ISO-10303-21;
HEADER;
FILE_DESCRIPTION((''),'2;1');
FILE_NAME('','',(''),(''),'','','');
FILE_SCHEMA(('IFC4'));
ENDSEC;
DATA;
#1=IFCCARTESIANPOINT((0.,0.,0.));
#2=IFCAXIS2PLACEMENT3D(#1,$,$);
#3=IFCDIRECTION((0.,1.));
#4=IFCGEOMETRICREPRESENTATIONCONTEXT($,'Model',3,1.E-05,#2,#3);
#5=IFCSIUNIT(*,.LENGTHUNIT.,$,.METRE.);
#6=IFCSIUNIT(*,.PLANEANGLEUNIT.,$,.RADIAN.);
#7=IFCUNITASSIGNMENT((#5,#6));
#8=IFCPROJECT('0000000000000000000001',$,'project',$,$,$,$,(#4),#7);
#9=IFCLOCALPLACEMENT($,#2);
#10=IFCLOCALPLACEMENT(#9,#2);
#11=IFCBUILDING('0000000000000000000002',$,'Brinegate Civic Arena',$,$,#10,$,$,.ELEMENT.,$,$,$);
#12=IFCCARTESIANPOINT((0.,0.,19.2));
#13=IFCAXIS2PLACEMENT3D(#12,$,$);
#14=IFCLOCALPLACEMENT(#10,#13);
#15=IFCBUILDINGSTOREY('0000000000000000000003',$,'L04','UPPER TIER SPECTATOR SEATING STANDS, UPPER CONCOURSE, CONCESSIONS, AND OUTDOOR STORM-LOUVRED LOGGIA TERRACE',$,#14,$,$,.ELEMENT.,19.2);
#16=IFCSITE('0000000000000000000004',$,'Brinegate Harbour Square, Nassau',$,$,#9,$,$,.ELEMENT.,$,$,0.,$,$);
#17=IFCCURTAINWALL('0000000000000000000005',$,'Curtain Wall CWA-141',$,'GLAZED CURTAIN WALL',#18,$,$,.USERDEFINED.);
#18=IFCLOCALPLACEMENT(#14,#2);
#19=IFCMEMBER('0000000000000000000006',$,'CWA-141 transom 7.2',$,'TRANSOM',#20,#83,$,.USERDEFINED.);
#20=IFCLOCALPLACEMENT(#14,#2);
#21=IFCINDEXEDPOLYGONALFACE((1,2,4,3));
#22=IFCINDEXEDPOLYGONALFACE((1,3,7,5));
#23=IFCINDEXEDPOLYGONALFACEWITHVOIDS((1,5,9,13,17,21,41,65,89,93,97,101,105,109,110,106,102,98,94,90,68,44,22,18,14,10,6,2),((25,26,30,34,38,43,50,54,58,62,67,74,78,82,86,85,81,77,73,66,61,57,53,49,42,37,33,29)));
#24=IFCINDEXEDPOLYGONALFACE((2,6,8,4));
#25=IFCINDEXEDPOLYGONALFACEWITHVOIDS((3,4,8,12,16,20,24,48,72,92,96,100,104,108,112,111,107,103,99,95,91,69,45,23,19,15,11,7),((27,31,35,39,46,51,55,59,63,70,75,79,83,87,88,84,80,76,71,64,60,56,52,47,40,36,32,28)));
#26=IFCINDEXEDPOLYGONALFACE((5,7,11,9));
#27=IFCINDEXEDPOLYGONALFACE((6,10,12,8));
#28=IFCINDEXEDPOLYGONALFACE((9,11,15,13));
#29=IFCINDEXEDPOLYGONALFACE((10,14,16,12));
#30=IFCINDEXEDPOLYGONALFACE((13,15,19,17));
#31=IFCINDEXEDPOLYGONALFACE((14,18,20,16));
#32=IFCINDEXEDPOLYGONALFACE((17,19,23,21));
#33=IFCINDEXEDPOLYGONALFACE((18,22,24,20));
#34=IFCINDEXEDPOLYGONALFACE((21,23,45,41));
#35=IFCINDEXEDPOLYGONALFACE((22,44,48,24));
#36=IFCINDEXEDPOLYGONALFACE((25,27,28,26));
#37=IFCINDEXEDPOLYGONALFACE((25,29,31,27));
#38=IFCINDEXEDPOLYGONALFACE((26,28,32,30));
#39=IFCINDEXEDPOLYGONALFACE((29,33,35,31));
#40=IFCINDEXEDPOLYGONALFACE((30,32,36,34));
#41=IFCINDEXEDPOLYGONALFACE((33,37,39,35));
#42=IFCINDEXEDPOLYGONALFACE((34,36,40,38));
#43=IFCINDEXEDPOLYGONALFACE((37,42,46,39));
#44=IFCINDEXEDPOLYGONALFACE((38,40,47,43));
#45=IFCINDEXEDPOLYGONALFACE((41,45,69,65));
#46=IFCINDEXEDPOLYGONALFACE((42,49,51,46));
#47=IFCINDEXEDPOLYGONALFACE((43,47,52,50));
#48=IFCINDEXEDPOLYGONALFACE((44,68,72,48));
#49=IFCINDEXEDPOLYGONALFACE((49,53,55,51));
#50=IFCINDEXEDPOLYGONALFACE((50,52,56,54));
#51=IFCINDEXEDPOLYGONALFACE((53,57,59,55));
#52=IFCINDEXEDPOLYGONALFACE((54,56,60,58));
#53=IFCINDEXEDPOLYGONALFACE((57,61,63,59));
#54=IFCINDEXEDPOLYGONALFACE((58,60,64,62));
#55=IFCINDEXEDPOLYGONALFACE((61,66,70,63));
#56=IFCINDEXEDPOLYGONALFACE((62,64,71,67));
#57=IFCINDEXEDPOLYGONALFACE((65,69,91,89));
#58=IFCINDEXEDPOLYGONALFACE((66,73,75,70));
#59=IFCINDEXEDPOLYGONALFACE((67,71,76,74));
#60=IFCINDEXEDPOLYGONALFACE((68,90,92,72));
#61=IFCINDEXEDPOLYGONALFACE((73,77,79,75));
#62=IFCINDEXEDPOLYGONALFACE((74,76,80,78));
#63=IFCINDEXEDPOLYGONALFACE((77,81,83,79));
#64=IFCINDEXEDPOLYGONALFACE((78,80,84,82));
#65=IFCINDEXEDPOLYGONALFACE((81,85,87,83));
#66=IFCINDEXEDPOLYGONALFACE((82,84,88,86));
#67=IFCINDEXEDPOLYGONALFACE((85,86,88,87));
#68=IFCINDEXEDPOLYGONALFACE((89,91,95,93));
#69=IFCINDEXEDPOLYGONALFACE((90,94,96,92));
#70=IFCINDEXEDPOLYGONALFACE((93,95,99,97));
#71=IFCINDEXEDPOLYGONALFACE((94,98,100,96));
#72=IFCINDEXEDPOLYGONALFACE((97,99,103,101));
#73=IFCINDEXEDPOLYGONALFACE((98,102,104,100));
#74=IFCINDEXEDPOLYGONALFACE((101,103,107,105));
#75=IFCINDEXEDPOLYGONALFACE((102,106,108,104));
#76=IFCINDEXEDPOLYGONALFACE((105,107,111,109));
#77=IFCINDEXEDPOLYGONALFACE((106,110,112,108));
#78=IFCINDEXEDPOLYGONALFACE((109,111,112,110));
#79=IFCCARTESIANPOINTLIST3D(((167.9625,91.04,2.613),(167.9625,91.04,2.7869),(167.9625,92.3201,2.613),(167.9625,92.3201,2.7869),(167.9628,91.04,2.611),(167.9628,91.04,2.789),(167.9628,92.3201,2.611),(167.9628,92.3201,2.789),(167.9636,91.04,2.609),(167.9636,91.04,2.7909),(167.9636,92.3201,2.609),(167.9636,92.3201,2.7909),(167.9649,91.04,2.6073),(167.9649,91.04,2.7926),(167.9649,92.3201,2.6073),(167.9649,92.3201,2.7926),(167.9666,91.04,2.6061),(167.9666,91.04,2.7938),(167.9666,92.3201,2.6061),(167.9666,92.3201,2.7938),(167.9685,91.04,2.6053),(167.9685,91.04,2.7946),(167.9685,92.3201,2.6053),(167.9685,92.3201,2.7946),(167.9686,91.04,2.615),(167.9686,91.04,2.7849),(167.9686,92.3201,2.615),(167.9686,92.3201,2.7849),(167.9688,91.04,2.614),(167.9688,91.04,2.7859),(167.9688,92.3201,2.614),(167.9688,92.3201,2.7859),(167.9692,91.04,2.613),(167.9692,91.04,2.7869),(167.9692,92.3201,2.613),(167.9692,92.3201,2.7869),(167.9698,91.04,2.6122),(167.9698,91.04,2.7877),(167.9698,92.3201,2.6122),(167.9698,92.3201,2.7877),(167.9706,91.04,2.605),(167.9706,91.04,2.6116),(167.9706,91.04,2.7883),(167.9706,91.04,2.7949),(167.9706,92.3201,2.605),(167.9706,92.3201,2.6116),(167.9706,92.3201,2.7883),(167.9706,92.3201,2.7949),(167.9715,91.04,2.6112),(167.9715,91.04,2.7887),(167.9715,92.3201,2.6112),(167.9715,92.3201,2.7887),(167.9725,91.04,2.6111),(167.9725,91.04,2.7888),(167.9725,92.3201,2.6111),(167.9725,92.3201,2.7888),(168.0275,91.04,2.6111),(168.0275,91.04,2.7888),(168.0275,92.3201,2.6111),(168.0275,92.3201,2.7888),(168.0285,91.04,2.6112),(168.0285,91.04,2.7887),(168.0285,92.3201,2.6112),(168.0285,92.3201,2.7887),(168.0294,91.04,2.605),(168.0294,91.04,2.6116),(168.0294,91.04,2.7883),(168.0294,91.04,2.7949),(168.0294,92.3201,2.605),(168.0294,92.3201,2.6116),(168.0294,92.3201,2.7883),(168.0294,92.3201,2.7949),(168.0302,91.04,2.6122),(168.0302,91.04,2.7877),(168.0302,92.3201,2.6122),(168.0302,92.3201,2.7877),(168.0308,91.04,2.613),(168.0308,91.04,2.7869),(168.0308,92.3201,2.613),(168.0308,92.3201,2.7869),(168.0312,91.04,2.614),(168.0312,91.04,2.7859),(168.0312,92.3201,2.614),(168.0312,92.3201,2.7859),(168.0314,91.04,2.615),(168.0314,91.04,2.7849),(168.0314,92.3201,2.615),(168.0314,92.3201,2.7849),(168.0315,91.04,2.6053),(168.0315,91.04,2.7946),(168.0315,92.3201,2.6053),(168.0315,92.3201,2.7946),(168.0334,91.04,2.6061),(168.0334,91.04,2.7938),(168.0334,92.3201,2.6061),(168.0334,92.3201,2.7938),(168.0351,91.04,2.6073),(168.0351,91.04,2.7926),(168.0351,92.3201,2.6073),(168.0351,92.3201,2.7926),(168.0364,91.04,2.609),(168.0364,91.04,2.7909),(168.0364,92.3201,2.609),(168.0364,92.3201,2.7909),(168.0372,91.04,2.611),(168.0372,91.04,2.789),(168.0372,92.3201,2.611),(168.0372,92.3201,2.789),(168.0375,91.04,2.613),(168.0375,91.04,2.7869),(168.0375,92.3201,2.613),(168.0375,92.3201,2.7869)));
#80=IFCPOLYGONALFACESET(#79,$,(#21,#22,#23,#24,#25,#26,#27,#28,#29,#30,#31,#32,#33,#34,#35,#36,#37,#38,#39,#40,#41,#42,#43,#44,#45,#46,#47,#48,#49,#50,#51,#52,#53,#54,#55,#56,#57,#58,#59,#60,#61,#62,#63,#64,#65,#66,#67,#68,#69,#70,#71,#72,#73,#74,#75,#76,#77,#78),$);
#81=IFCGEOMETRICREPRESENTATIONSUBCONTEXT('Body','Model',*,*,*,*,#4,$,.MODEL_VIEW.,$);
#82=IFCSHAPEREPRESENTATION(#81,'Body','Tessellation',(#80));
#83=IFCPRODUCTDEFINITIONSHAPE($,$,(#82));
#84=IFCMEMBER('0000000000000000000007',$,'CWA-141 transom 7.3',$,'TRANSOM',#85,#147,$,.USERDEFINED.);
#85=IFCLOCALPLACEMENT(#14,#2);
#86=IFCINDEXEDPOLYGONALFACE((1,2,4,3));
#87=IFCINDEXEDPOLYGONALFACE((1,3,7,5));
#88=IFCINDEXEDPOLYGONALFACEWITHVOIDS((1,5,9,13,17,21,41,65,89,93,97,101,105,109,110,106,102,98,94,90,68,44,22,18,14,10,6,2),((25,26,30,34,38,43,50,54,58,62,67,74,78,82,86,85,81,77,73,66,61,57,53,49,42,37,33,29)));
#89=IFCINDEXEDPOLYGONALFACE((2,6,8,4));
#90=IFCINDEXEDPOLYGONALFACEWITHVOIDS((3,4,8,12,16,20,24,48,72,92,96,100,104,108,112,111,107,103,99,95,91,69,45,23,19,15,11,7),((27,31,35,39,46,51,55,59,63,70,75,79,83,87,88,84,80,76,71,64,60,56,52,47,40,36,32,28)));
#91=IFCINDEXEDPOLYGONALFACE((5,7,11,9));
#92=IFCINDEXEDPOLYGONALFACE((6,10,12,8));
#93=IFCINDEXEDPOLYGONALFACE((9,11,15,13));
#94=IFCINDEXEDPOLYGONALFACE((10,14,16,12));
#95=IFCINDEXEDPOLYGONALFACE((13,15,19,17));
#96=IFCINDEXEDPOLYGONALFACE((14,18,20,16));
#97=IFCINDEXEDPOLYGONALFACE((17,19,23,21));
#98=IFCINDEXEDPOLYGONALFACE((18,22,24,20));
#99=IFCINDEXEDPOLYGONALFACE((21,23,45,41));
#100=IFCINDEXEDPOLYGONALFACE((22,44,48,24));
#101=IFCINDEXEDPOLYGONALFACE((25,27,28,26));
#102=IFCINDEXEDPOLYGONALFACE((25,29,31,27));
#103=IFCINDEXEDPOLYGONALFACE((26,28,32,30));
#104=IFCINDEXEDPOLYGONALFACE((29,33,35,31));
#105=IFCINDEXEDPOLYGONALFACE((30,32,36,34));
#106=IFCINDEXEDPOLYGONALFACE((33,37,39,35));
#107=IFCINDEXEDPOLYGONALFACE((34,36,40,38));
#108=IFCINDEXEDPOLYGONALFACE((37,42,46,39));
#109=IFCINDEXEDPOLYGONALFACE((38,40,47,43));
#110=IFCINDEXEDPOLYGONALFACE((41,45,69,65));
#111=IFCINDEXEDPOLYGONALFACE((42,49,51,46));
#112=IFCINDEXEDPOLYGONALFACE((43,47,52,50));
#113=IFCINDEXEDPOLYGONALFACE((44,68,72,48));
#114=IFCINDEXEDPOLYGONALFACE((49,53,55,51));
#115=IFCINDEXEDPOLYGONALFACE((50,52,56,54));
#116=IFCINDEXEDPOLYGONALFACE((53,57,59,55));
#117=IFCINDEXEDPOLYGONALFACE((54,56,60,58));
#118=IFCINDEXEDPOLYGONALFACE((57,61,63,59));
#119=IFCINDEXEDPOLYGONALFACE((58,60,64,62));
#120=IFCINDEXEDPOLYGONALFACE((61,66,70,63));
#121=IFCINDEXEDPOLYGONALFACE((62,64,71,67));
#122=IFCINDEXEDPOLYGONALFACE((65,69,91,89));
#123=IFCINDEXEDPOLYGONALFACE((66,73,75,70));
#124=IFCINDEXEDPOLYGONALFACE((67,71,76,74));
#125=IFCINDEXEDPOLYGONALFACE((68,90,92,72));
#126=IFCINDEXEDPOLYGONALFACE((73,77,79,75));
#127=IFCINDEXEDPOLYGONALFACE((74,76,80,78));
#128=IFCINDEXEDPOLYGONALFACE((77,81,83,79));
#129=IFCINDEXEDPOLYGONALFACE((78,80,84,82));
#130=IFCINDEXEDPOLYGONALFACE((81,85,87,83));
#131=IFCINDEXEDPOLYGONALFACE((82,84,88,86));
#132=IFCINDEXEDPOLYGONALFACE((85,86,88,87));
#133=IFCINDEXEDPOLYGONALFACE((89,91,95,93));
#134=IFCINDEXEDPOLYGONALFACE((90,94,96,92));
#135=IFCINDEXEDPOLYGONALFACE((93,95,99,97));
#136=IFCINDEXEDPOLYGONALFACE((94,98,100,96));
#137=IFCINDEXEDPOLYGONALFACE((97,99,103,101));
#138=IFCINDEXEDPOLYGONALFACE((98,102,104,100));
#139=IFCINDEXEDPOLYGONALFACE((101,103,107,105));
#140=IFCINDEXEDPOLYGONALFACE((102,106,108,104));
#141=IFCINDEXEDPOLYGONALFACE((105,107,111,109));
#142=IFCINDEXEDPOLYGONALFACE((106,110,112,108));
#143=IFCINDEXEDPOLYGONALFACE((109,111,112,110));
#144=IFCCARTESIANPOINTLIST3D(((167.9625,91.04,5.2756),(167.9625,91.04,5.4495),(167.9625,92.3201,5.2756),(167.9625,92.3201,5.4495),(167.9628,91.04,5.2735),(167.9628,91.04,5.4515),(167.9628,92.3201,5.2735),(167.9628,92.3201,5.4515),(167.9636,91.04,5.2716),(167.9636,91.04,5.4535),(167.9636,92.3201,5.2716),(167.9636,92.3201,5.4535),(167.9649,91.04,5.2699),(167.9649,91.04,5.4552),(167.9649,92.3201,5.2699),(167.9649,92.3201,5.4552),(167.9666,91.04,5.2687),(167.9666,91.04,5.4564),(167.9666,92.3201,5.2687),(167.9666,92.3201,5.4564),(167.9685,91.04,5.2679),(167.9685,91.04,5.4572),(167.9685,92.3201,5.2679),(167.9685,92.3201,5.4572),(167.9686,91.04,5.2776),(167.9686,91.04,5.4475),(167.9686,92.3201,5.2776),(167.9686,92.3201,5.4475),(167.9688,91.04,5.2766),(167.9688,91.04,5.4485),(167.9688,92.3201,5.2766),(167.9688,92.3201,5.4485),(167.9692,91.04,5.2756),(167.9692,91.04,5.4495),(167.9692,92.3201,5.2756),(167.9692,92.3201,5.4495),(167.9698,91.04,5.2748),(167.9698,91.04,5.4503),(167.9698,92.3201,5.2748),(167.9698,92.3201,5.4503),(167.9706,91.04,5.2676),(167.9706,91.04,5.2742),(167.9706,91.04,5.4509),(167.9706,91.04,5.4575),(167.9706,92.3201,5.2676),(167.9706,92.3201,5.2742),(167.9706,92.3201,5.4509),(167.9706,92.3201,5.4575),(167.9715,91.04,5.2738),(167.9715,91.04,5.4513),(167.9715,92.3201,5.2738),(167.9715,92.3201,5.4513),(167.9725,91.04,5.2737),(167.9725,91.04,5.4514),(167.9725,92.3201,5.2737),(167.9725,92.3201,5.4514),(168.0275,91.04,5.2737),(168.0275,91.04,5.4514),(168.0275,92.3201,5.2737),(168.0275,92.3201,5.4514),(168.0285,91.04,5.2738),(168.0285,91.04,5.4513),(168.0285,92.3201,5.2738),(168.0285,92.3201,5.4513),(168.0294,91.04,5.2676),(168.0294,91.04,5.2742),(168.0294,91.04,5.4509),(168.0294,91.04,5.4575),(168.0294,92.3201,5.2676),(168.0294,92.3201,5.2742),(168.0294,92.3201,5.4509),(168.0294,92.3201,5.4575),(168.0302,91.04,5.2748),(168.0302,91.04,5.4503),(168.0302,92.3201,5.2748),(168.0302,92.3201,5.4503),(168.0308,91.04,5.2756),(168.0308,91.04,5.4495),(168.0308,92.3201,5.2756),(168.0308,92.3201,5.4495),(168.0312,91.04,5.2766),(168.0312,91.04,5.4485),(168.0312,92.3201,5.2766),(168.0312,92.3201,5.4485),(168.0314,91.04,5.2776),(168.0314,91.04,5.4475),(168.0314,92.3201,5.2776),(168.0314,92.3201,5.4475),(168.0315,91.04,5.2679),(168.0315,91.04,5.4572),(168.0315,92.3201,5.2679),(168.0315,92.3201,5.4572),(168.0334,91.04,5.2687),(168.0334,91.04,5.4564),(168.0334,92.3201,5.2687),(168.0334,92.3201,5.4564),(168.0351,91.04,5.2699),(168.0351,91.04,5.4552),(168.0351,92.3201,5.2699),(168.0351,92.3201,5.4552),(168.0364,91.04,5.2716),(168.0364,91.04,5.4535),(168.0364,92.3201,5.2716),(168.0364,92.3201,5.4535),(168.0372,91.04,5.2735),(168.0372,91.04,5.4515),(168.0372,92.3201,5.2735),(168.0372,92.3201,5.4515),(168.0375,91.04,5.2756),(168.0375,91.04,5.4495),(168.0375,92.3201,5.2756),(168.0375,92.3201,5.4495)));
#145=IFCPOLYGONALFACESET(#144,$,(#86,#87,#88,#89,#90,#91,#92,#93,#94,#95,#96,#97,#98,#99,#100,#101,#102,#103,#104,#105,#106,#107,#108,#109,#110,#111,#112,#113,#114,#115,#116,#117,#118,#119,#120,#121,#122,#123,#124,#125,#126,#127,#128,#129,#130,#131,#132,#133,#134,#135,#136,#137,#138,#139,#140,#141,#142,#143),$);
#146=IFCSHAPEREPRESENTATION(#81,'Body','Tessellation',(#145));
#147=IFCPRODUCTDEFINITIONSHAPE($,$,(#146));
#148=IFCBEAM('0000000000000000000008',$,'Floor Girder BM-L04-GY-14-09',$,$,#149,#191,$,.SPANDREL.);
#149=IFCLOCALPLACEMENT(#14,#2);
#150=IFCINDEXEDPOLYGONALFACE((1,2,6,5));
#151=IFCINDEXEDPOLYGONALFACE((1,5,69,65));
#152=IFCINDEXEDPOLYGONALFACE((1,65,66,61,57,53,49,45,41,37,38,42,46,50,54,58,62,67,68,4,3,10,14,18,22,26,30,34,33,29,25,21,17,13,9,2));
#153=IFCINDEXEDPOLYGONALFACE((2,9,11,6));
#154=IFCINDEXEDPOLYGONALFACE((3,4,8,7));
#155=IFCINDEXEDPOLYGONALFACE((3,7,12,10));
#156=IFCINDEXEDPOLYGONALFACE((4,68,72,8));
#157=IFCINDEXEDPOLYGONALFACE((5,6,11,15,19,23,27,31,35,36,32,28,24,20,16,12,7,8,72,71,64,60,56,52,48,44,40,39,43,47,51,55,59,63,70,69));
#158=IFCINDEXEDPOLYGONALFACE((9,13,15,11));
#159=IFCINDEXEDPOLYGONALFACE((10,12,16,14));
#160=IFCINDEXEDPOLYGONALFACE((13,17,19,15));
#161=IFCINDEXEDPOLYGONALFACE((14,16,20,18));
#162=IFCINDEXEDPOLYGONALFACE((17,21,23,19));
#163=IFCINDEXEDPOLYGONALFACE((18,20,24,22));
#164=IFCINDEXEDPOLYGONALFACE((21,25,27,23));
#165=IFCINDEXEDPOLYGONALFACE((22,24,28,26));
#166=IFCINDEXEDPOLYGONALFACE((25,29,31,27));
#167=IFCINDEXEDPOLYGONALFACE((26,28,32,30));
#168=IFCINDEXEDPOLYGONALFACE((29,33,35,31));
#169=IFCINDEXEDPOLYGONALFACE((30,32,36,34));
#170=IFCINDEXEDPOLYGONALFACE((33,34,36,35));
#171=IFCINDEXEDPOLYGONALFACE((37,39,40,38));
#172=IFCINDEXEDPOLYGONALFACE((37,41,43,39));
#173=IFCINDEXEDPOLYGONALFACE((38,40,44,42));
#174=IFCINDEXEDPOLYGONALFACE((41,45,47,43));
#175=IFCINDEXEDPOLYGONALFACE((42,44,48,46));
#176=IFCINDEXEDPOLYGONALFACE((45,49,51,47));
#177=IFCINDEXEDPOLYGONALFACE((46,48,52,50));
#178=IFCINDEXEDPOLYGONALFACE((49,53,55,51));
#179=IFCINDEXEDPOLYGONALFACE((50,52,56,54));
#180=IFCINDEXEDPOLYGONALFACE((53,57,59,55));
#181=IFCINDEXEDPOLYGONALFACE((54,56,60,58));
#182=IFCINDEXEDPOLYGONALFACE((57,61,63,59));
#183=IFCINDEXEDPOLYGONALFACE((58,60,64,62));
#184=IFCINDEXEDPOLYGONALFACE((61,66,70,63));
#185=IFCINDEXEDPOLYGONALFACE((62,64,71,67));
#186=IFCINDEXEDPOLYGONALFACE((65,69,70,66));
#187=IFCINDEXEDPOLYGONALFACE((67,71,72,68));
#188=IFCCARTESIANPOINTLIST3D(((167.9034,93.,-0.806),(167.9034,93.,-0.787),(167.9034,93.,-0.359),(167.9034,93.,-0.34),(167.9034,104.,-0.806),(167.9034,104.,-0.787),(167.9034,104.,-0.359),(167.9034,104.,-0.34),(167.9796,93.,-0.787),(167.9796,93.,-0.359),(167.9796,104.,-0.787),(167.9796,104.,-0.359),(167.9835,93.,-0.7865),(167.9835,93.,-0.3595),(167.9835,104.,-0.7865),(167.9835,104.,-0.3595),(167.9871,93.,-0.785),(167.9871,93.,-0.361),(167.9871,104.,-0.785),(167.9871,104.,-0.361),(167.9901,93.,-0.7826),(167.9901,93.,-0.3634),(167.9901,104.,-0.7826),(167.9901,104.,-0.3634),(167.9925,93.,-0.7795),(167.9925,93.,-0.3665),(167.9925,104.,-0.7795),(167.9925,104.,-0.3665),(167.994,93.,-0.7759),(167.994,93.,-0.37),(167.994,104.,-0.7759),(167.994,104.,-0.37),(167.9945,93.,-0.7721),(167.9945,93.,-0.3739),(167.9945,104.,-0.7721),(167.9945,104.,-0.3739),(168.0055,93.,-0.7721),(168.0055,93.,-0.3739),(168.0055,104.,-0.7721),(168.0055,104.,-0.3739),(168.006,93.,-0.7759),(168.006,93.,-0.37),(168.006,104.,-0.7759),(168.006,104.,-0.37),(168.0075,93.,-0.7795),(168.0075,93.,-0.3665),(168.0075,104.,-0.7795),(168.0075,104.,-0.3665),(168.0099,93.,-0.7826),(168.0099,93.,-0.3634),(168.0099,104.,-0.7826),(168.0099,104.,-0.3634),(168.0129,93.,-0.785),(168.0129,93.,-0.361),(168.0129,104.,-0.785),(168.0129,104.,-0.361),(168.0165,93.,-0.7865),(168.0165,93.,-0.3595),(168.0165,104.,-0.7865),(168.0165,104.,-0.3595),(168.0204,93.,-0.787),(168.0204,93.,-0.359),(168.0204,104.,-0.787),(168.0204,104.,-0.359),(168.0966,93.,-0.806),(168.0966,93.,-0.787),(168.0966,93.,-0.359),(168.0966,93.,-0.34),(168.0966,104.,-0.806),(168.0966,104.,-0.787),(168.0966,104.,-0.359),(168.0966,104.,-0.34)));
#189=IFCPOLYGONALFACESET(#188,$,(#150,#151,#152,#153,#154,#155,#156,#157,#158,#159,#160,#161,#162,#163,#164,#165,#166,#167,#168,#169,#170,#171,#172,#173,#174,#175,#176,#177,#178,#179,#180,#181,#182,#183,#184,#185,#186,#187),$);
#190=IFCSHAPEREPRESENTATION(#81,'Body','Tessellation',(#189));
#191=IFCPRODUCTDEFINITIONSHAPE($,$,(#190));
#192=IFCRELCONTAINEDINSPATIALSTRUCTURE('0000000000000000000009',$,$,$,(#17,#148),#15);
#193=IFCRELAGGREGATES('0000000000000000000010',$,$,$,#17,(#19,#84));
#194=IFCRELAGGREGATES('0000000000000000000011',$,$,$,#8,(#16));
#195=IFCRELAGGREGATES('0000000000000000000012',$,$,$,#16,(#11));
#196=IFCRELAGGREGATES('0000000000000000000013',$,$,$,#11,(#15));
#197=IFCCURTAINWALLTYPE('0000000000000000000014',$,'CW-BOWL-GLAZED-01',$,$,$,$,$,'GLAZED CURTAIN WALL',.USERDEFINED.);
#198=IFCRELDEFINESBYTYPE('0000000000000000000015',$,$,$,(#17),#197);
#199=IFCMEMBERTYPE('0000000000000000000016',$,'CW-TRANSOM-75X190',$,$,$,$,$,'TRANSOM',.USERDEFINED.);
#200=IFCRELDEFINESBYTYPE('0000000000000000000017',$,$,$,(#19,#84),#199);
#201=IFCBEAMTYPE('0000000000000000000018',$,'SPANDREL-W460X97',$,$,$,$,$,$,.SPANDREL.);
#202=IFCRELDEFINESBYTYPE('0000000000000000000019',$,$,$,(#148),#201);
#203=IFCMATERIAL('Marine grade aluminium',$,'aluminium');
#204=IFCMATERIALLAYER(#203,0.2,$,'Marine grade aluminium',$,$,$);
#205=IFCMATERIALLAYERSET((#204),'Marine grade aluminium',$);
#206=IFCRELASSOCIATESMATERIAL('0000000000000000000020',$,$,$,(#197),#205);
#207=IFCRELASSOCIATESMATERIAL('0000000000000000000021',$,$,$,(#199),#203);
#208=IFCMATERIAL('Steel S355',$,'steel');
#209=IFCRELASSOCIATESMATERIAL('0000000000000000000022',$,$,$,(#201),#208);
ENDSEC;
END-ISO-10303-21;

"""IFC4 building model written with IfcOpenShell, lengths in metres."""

from ifc_helpers import new_model, si_unit, direction, frame, origin, origin_2d, place, context, subcontext, project, spatial, hollow_rectangle, i_section, extrude, material, layer, layer_set, material_profile, profile_set, type_object, element, aggregate, save


model = new_model("IFC4")

# Units and contexts
model_context = context("Model", 3, precision=1e-05, world=origin(), true_north=direction((0.0, 1.0)))
body_context = subcontext(model_context, "Body", "Model", "MODEL_VIEW")
ifc_project = project(units=[si_unit("LENGTHUNIT", "METRE"), si_unit("PLANEANGLEUNIT", "RADIAN")], contexts=[model_context])

# Site, building, storey
site_placement = place(None, origin())
site = spatial("IfcSite", under=ifc_project, at=site_placement, Name="Brinegate Harbour Square, Nassau", CompositionType="ELEMENT", RefElevation=0.0)
building_placement = place(site_placement, origin())
building = spatial("IfcBuilding", under=site, at=building_placement, Name="Brinegate Civic Arena", CompositionType="ELEMENT")
storey_placement = place(building_placement, frame((0.0, 0.0, 19.2)))
storey = spatial("IfcBuildingStorey", under=building, at=storey_placement, Name="L04", Description="UPPER TIER SPECTATOR SEATING STANDS, UPPER CONCOURSE, CONCESSIONS, AND OUTDOOR STORM-LOUVRED LOGGIA TERRACE", CompositionType="ELEMENT", Elevation=19.2)

# Curtain wall, members
ifc_material_1 = material(Name="Marine grade aluminium", Category="aluminium")
ifc_layer_1 = layer(ifc_material_1, 0.2, Name="Marine grade aluminium")
ifc_layer_set_1 = layer_set([ifc_layer_1], Name="Marine grade aluminium")
curtain_wall_type = type_object("IfcCurtainWallType", Name="CW-BOWL-GLAZED-01", ElementType="GLAZED CURTAIN WALL", PredefinedType="USERDEFINED", material=ifc_layer_set_1)
curtain_wall_placement = place(storey_placement, origin())
curtain_wall = element("IfcCurtainWall", 1, at=curtain_wall_placement, inside=storey, type_object=curtain_wall_type, Name="Curtain Wall CWA-141", ObjectType="GLAZED CURTAIN WALL", PredefinedType="USERDEFINED")
ifc_material_profile_1 = material_profile(ifc_material_1, hollow_rectangle(XDim=0.075, YDim=0.1899, WallThickness=0.0061, InnerFilletRadius=0.0039, OuterFilletRadius=0.0081, at=origin_2d()), Name="TRN75X190")
ifc_profile_set_1 = profile_set([ifc_material_profile_1], Name="Marine grade aluminium")
member_type_1 = type_object("IfcMemberType", Name="CW-TRANSOM-75X190", ElementType="TRANSOM", PredefinedType="USERDEFINED", material=ifc_profile_set_1)
member_1_placement = place(storey_placement, frame((168.0, 91.04, 2.7), z_axis=(0.0, 1.0, 0.0), x_axis=(-1.0, 0.0, 0.0)))
member_1 = element("IfcMember", 2, at=member_1_placement, type_object=member_type_1, Name="CWA-141 transom 7.2", ObjectType="TRANSOM", PredefinedType="USERDEFINED", context=body_context, shape_type="SweptSolid", body=[
    extrude(hollow_rectangle(XDim=0.075, YDim=0.1899, WallThickness=0.0061, InnerFilletRadius=0.0039, OuterFilletRadius=0.0081, at=origin_2d()), origin(), (0.0, 0.0, 1.0), 1.28),
])
member_2_placement = place(storey_placement, frame((168.0, 91.04, 5.3625), z_axis=(0.0, 1.0, 0.0), x_axis=(-1.0, 0.0, 0.0)))
member_2 = element("IfcMember", 3, at=member_2_placement, type_object=member_type_1, Name="CWA-141 transom 7.3", ObjectType="TRANSOM", PredefinedType="USERDEFINED", context=body_context, shape_type="SweptSolid", body=[
    extrude(hollow_rectangle(XDim=0.075, YDim=0.1899, WallThickness=0.0061, InnerFilletRadius=0.0039, OuterFilletRadius=0.0081, at=origin_2d()), origin(), (0.0, 0.0, 1.0), 1.28),
])

# Beam
ifc_material_2 = material(Name="Steel S355", Category="steel")
ifc_material_profile_2 = material_profile(ifc_material_2, i_section(OverallWidth=0.1931, OverallDepth=0.4661, WebThickness=0.011, FlangeThickness=0.019, FilletRadius=0.0149, at=origin_2d()), Name="W460X97")
ifc_profile_set_2 = profile_set([ifc_material_profile_2], Name="Steel S355")
beam_type = type_object("IfcBeamType", Name="SPANDREL-W460X97", PredefinedType="SPANDREL", material=ifc_profile_set_2)
beam_placement = place(storey_placement, frame((168.0, 93.0, -0.573), z_axis=(0.0, 1.0, 0.0), x_axis=(-1.0, 0.0, 0.0)))
element("IfcBeam", 4, at=beam_placement, inside=storey, type_object=beam_type, Name="Floor Girder BM-L04-GY-14-09", PredefinedType="SPANDREL", context=body_context, shape_type="SweptSolid", body=[
    extrude(i_section(OverallWidth=0.1931, OverallDepth=0.4661, WebThickness=0.011, FlangeThickness=0.019, FilletRadius=0.0149, at=origin_2d()), origin(), (0.0, 0.0, 1.0), 11.0),
])

aggregate(curtain_wall, [member_1, member_2])

save(model, "model.ifc")
